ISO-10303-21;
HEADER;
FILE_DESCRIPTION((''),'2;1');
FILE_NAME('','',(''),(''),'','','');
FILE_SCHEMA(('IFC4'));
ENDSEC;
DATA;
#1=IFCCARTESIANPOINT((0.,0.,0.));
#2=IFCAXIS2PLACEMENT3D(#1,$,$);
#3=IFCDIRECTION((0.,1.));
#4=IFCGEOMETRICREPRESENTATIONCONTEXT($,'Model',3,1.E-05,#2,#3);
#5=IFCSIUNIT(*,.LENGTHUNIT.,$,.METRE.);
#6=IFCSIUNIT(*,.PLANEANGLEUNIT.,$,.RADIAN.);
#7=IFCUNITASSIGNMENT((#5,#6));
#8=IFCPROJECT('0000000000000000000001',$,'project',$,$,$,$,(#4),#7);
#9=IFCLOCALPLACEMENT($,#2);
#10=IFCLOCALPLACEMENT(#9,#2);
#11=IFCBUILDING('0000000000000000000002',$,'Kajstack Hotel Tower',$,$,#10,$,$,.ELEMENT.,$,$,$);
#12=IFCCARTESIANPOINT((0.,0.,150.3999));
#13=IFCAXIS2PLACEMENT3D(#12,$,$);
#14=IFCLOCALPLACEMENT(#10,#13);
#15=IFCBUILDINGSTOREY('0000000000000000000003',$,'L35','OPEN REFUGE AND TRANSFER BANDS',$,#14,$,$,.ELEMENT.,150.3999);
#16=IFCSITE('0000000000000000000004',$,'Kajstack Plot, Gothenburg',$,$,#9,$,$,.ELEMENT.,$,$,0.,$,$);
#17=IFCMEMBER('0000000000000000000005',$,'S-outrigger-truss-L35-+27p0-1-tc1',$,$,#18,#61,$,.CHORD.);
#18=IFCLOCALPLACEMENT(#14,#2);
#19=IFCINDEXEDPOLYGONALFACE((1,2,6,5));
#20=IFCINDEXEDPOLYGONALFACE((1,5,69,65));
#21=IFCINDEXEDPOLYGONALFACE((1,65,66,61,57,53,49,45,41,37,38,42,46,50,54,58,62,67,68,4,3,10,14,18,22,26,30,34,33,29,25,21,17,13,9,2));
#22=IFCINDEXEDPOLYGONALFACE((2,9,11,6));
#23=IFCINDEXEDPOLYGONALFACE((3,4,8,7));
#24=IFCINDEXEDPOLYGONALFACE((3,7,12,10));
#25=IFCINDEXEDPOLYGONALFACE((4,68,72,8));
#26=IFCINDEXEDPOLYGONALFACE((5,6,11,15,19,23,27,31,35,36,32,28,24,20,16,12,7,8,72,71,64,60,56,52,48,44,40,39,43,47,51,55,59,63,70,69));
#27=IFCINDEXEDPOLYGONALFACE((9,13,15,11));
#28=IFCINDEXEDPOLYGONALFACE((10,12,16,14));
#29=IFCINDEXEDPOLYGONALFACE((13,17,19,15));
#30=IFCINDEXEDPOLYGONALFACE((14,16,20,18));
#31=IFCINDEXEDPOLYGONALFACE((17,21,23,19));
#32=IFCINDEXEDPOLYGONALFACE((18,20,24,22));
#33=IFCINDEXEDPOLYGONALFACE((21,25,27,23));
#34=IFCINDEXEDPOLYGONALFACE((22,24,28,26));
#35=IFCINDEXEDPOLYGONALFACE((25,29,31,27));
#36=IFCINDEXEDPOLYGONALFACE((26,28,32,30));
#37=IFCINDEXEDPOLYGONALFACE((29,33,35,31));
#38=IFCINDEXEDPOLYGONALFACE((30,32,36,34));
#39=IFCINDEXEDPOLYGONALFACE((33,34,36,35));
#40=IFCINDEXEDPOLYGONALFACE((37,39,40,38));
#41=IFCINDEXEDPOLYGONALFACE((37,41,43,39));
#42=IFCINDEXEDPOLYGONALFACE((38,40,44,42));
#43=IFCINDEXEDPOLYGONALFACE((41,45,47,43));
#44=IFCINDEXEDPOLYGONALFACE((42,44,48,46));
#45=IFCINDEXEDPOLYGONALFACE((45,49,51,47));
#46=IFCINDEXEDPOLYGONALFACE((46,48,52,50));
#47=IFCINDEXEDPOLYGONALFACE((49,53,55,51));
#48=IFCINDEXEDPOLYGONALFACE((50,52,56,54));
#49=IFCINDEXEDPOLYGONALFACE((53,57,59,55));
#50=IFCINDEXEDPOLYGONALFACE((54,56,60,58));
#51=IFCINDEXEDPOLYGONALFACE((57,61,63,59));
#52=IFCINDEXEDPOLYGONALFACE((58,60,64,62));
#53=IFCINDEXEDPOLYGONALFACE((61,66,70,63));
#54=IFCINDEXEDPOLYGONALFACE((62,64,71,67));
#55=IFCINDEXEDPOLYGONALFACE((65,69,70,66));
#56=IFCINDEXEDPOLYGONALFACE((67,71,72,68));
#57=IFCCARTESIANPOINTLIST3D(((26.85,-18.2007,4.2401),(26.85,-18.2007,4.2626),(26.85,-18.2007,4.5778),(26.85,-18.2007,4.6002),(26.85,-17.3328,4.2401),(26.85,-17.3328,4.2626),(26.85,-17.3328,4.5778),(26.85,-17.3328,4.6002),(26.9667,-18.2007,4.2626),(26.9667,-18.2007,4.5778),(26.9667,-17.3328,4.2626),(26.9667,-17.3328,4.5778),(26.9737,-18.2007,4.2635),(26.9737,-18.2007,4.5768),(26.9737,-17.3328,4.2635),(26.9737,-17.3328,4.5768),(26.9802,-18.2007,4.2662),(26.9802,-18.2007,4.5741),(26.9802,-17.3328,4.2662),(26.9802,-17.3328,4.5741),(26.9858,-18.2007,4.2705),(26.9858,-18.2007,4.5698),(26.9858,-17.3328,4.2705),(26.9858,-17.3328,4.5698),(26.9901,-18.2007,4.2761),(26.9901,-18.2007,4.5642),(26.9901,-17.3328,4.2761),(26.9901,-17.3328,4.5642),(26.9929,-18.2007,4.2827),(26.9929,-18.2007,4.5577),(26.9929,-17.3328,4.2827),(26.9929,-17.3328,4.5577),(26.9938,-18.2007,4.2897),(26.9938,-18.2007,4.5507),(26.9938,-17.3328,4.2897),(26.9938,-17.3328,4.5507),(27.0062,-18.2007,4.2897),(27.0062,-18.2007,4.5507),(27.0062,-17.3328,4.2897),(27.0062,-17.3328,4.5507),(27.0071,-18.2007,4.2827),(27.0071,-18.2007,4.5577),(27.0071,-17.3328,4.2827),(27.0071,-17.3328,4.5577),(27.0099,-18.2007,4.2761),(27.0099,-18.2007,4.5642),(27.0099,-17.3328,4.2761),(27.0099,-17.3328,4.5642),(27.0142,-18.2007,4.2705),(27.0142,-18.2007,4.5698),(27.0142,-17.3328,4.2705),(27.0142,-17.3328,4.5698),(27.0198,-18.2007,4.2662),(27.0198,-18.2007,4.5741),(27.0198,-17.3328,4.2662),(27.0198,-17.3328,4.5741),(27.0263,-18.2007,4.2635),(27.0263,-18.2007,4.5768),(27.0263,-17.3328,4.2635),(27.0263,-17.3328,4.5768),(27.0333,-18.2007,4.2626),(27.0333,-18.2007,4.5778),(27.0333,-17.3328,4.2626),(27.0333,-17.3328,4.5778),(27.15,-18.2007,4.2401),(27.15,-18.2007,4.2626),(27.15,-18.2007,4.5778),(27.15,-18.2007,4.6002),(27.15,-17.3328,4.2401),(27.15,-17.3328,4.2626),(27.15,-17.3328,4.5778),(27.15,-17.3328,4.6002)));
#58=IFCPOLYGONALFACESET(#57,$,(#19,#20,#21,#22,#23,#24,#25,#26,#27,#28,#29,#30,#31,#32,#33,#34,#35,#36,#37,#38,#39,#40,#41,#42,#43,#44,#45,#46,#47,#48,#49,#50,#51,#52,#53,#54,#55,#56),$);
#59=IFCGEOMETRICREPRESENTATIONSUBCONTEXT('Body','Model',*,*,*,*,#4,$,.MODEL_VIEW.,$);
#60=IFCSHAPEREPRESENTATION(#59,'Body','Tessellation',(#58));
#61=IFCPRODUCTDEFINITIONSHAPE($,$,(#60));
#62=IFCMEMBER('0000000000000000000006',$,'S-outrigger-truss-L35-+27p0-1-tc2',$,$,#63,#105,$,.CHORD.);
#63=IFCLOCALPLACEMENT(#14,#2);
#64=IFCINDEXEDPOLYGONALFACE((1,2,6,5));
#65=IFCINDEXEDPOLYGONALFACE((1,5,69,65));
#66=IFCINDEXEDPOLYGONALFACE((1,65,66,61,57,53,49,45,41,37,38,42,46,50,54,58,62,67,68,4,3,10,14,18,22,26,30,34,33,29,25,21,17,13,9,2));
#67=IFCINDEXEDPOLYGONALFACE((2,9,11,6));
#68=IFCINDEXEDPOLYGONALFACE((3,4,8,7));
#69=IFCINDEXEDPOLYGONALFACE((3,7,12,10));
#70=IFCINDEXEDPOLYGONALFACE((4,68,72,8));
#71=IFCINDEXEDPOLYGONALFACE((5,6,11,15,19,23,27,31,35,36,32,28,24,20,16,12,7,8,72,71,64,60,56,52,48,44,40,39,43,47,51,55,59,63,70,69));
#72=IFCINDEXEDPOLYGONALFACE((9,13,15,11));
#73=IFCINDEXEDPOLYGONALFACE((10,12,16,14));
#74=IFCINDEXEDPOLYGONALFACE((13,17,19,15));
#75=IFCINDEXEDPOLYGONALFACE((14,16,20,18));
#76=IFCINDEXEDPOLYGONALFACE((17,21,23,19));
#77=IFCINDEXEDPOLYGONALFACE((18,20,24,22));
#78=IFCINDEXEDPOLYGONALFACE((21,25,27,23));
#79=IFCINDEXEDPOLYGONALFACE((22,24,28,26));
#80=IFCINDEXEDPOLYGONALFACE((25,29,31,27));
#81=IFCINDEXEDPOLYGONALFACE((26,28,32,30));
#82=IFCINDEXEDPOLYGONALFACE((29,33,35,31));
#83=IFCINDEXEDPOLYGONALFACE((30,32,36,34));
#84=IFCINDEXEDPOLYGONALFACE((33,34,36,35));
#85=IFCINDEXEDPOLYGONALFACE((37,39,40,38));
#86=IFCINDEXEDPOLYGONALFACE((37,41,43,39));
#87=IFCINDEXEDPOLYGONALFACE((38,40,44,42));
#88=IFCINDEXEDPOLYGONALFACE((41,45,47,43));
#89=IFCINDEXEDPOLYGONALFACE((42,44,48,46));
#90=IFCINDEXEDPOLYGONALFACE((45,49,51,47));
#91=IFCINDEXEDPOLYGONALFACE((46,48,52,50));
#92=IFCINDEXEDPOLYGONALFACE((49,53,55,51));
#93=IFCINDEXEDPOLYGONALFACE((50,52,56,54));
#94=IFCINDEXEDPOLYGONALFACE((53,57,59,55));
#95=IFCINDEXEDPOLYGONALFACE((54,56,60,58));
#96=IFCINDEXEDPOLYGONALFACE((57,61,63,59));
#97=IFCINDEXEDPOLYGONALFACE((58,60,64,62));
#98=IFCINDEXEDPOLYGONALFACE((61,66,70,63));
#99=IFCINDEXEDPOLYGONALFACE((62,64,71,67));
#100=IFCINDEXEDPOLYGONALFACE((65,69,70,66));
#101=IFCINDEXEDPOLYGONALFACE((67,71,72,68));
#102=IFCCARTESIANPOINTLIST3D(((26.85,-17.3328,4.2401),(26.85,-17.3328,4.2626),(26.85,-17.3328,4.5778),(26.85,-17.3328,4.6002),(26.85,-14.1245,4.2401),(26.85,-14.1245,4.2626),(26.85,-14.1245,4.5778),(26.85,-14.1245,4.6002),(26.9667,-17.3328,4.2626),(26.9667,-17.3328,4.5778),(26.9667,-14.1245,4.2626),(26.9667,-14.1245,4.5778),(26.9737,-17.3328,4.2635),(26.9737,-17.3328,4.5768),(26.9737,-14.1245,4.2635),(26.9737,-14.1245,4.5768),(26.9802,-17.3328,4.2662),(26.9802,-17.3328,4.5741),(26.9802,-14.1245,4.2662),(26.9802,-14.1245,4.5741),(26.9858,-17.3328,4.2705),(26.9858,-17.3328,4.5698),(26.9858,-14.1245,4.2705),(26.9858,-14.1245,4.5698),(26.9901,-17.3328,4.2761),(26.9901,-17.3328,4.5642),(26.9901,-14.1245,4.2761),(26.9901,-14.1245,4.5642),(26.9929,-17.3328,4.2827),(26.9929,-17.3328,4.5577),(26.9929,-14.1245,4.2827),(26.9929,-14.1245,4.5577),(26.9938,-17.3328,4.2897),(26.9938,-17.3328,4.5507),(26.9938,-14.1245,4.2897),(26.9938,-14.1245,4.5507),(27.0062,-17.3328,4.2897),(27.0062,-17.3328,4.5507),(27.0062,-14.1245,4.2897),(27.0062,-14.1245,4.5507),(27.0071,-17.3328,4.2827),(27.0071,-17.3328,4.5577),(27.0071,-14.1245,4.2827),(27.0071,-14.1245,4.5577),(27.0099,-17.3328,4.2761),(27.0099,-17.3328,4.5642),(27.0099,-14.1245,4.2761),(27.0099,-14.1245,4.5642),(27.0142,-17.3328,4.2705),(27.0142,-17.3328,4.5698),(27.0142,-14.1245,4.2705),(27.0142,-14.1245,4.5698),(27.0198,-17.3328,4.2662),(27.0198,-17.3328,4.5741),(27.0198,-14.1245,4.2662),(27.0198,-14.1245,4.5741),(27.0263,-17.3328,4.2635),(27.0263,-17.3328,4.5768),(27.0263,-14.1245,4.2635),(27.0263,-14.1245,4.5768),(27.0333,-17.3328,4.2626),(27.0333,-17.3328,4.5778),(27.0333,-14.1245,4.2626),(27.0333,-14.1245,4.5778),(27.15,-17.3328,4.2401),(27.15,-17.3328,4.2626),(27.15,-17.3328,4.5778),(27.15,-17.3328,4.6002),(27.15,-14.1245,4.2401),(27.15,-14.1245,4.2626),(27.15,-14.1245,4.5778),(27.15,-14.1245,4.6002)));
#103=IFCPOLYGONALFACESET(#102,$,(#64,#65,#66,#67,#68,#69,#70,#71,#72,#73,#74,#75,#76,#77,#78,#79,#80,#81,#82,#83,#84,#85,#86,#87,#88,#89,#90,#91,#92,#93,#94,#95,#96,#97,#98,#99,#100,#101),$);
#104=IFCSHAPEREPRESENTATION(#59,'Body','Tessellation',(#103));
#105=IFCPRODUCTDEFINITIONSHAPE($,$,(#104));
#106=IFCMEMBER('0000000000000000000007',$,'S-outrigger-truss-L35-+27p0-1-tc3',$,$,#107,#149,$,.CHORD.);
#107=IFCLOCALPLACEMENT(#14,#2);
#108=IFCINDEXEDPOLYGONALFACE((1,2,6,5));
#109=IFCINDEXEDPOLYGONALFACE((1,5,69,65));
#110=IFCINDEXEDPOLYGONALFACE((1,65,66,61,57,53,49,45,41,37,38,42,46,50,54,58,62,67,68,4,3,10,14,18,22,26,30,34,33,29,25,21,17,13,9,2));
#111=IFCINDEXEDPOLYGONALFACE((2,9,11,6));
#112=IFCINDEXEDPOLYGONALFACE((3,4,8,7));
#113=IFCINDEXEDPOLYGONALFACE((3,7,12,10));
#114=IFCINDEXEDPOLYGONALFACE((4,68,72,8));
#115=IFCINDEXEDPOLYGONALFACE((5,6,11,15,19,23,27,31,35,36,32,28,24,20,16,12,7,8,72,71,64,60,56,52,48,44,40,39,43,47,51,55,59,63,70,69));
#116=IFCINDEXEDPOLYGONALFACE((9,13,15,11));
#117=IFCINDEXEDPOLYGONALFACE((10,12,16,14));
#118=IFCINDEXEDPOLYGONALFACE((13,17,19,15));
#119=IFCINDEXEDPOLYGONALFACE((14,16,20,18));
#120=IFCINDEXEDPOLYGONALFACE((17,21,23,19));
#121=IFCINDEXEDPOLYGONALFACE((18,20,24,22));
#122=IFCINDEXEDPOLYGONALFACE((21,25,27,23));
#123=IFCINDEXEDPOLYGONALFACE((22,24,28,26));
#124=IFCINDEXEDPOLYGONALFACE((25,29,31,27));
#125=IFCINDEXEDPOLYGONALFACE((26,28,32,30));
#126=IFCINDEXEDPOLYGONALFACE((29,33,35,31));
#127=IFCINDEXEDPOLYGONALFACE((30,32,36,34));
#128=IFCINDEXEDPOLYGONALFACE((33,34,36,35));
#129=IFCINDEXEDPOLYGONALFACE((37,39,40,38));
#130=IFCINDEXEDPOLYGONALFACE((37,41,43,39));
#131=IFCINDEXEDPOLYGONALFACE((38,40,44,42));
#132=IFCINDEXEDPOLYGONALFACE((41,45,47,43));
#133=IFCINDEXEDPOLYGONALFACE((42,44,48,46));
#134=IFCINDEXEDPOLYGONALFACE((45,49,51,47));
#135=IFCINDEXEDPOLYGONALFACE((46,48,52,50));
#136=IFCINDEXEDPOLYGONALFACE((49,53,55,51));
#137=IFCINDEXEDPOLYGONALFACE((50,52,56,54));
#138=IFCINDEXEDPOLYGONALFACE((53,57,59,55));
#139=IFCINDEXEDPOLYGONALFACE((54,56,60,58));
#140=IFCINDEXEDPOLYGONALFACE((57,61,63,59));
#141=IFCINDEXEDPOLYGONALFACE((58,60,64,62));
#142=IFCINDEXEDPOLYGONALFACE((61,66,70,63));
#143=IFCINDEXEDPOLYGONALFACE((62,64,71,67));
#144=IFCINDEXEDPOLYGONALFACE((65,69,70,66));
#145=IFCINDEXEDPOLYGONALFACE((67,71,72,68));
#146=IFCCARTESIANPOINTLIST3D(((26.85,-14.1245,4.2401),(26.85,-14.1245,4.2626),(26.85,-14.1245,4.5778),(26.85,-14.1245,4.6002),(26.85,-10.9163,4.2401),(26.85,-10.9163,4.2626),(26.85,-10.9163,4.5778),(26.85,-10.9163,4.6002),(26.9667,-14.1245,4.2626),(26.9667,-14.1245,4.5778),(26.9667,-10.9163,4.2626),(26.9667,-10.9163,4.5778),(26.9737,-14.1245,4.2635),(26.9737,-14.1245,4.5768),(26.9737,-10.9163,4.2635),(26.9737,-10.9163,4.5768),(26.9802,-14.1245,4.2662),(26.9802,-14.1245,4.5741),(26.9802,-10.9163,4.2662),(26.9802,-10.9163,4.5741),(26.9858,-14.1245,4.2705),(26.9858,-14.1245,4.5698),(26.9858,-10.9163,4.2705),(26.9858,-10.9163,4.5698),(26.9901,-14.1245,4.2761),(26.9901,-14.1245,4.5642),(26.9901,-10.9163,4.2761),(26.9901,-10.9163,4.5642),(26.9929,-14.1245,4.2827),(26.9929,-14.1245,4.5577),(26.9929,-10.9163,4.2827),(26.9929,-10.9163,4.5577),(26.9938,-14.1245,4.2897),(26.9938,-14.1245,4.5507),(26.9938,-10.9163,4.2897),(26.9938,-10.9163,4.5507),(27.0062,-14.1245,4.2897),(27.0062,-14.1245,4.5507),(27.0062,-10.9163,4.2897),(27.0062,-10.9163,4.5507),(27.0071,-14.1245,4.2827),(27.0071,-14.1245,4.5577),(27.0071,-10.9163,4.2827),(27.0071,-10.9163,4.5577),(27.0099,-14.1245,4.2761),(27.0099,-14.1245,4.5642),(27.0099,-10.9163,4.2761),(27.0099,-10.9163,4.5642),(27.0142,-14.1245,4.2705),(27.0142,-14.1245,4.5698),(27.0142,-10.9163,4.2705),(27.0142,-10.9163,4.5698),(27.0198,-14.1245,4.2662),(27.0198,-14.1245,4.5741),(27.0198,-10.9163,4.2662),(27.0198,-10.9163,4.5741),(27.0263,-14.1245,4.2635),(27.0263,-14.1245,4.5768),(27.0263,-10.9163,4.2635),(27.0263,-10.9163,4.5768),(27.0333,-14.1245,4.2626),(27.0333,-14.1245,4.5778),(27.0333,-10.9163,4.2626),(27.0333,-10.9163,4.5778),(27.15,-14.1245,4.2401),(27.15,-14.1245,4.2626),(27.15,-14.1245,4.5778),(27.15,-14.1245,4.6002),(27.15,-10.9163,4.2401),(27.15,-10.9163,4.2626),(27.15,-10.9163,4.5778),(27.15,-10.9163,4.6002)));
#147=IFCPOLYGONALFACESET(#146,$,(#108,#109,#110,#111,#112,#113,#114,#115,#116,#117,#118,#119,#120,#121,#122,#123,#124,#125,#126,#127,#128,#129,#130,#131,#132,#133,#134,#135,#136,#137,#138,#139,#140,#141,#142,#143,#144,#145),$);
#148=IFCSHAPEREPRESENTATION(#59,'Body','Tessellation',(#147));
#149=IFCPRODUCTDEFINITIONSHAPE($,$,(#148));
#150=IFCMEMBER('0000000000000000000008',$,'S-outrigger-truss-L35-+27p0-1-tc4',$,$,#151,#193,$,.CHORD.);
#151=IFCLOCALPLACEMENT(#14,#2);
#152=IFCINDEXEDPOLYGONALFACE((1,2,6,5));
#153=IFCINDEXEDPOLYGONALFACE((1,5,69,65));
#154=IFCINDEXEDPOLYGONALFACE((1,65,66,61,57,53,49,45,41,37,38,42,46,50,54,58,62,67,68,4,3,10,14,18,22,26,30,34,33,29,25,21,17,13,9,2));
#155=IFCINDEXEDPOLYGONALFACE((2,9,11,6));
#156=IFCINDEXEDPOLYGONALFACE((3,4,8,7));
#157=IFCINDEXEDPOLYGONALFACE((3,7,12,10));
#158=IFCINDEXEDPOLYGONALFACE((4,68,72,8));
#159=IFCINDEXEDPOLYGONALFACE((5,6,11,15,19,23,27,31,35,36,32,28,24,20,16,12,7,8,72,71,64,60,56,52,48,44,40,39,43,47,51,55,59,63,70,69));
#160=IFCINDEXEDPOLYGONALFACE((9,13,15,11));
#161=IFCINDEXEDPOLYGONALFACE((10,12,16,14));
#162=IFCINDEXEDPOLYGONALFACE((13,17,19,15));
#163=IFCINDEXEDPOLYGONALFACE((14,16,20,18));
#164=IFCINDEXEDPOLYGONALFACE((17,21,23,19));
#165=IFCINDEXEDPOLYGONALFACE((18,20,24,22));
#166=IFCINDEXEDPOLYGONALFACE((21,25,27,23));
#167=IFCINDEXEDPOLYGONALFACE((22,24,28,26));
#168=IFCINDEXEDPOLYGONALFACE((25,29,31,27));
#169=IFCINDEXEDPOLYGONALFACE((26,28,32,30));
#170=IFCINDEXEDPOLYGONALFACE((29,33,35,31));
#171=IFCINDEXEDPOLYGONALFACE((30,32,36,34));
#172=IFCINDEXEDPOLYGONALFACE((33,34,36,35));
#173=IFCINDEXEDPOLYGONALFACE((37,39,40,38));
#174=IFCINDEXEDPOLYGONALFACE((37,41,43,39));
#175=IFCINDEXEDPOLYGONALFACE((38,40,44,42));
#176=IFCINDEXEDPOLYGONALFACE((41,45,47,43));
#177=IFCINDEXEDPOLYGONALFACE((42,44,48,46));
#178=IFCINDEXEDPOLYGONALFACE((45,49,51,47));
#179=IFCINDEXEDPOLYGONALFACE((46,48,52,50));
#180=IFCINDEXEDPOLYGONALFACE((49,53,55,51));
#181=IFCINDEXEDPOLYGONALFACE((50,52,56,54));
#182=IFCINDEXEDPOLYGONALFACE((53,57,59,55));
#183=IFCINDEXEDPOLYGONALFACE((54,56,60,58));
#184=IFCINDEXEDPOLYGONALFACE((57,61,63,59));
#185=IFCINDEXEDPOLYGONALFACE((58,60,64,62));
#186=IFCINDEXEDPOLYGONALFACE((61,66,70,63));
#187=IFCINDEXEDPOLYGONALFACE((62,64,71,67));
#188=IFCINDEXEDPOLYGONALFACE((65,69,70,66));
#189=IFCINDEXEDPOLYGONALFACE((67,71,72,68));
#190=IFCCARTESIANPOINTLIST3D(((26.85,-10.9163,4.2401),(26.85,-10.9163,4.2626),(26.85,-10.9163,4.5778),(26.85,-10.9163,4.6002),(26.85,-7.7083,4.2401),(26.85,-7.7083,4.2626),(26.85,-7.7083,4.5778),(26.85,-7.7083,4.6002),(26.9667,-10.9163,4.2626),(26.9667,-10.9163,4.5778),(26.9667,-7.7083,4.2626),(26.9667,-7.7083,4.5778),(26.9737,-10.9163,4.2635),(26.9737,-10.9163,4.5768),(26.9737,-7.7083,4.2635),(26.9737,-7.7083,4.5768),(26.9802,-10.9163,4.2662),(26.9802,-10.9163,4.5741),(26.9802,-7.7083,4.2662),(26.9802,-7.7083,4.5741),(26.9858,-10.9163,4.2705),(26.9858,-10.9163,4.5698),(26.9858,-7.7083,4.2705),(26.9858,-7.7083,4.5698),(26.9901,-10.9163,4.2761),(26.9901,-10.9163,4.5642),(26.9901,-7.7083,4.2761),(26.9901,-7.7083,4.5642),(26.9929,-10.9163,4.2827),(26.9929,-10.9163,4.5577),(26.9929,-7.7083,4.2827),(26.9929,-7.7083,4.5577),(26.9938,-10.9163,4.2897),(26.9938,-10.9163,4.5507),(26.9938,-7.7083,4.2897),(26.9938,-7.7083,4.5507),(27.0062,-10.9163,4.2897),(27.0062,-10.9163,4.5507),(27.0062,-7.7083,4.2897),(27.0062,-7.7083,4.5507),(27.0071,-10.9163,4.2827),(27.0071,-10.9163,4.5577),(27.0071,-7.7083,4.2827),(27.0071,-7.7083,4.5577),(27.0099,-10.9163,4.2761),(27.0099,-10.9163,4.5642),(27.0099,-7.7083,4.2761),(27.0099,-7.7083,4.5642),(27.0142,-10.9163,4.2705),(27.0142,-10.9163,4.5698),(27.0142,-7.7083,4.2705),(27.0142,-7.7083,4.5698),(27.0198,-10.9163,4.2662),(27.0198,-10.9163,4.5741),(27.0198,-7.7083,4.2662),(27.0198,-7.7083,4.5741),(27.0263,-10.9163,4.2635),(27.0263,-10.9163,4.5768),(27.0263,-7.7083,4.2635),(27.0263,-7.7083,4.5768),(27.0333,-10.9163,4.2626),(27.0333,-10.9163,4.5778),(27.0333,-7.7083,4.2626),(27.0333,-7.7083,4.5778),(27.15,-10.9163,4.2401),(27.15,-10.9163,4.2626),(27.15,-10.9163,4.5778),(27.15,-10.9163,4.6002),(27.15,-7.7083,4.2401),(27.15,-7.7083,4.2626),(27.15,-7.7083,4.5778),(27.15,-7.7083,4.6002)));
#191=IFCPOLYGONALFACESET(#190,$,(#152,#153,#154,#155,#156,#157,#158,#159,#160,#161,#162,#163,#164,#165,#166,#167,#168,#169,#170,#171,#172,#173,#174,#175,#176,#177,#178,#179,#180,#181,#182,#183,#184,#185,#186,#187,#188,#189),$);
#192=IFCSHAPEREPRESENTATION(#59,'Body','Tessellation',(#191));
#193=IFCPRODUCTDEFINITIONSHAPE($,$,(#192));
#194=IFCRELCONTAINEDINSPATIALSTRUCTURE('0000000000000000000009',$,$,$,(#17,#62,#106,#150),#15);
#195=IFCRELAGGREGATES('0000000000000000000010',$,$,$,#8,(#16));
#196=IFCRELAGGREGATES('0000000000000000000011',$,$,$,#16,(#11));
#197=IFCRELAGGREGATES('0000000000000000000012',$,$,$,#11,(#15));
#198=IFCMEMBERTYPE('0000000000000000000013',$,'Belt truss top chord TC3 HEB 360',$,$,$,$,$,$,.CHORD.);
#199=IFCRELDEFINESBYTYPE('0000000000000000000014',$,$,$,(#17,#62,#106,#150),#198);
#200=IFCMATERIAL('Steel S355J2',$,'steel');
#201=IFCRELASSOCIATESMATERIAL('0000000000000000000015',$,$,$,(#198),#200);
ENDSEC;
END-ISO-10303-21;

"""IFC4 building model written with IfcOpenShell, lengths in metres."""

from ifc_helpers import new_model, si_unit, direction, frame, origin, origin_2d, place, context, subcontext, project, spatial, i_section, extrude, material, material_profile, profile_set, type_object, element, save


model = new_model("IFC4")

# Units and contexts
model_context = context("Model", 3, precision=1e-05, world=origin(), true_north=direction((0.0, 1.0)))
body_context = subcontext(model_context, "Body", "Model", "MODEL_VIEW")
ifc_project = project(units=[si_unit("LENGTHUNIT", "METRE"), si_unit("PLANEANGLEUNIT", "RADIAN")], contexts=[model_context])

# Site, building, storey
site_placement = place(None, origin())
site = spatial("IfcSite", under=ifc_project, at=site_placement, Name="Kajstack Plot, Gothenburg", CompositionType="ELEMENT", RefElevation=0.0)
building_placement = place(site_placement, origin())
building = spatial("IfcBuilding", under=site, at=building_placement, Name="Kajstack Hotel Tower", CompositionType="ELEMENT")
storey_placement = place(building_placement, frame((0.0, 0.0, 150.3999)))
storey = spatial("IfcBuildingStorey", under=building, at=storey_placement, Name="L35", Description="OPEN REFUGE AND TRANSFER BANDS", CompositionType="ELEMENT", Elevation=150.3999)

# Members
ifc_material_1 = material(Name="Steel S355J2", Category="steel")
ifc_material_profile_1 = material_profile(ifc_material_1, i_section(OverallWidth=0.3, OverallDepth=0.3601, WebThickness=0.0125, FlangeThickness=0.0225, FilletRadius=0.0271, at=origin_2d()), Name="HEB 360")
ifc_profile_set_1 = profile_set([ifc_material_profile_1], Name="Steel S355J2")
member_type_1 = type_object("IfcMemberType", Name="Belt truss top chord TC3 HEB 360", PredefinedType="CHORD", material=ifc_profile_set_1)
member_1_placement = place(storey_placement, frame((27.0, -18.2007, 4.4202), z_axis=(0.0, 1.0, 0.0), x_axis=(-1.0, 0.0, 0.0)))
element("IfcMember", 1, at=member_1_placement, inside=storey, type_object=member_type_1, Name="S-outrigger-truss-L35-+27p0-1-tc1", PredefinedType="CHORD", context=body_context, shape_type="SweptSolid", body=[
    extrude(i_section(OverallWidth=0.3, OverallDepth=0.3601, WebThickness=0.0125, FlangeThickness=0.0225, FilletRadius=0.0271, at=origin_2d()), origin(), (0.0, 0.0, 1.0), 0.8679),
])
for number, where, z_axis, x_axis, name in (
    (2, (27.0, -17.3328, 4.4202), (0.0, 1.0, 0.0), (-1.0, 0.0, 0.0), "S-outrigger-truss-L35-+27p0-1-tc2"),
    (3, (27.0, -14.1245, 4.4202), (0.0, 1.0, 0.0), (-1.0, 0.0, 0.0), "S-outrigger-truss-L35-+27p0-1-tc3"),
):
    element("IfcMember", number, at=place(storey_placement, frame(where, z_axis=z_axis, x_axis=x_axis)), inside=storey, type_object=member_type_1, Name=name, PredefinedType="CHORD", context=body_context, shape_type="SweptSolid", body=[
        extrude(i_section(OverallWidth=0.3, OverallDepth=0.3601, WebThickness=0.0125, FlangeThickness=0.0225, FilletRadius=0.0271, at=origin_2d()), origin(), (0.0, 0.0, 1.0), 3.2083),
    ])
member_2_placement = place(storey_placement, frame((27.0, -10.9163, 4.4202), z_axis=(0.0, 1.0, 0.0), x_axis=(-1.0, 0.0, 0.0)))
element("IfcMember", 4, at=member_2_placement, inside=storey, type_object=member_type_1, Name="S-outrigger-truss-L35-+27p0-1-tc4", PredefinedType="CHORD", context=body_context, shape_type="SweptSolid", body=[
    extrude(i_section(OverallWidth=0.3, OverallDepth=0.3601, WebThickness=0.0125, FlangeThickness=0.0225, FilletRadius=0.0271, at=origin_2d()), origin(), (0.0, 0.0, 1.0), 3.208),
])

save(model, "model.ifc")
